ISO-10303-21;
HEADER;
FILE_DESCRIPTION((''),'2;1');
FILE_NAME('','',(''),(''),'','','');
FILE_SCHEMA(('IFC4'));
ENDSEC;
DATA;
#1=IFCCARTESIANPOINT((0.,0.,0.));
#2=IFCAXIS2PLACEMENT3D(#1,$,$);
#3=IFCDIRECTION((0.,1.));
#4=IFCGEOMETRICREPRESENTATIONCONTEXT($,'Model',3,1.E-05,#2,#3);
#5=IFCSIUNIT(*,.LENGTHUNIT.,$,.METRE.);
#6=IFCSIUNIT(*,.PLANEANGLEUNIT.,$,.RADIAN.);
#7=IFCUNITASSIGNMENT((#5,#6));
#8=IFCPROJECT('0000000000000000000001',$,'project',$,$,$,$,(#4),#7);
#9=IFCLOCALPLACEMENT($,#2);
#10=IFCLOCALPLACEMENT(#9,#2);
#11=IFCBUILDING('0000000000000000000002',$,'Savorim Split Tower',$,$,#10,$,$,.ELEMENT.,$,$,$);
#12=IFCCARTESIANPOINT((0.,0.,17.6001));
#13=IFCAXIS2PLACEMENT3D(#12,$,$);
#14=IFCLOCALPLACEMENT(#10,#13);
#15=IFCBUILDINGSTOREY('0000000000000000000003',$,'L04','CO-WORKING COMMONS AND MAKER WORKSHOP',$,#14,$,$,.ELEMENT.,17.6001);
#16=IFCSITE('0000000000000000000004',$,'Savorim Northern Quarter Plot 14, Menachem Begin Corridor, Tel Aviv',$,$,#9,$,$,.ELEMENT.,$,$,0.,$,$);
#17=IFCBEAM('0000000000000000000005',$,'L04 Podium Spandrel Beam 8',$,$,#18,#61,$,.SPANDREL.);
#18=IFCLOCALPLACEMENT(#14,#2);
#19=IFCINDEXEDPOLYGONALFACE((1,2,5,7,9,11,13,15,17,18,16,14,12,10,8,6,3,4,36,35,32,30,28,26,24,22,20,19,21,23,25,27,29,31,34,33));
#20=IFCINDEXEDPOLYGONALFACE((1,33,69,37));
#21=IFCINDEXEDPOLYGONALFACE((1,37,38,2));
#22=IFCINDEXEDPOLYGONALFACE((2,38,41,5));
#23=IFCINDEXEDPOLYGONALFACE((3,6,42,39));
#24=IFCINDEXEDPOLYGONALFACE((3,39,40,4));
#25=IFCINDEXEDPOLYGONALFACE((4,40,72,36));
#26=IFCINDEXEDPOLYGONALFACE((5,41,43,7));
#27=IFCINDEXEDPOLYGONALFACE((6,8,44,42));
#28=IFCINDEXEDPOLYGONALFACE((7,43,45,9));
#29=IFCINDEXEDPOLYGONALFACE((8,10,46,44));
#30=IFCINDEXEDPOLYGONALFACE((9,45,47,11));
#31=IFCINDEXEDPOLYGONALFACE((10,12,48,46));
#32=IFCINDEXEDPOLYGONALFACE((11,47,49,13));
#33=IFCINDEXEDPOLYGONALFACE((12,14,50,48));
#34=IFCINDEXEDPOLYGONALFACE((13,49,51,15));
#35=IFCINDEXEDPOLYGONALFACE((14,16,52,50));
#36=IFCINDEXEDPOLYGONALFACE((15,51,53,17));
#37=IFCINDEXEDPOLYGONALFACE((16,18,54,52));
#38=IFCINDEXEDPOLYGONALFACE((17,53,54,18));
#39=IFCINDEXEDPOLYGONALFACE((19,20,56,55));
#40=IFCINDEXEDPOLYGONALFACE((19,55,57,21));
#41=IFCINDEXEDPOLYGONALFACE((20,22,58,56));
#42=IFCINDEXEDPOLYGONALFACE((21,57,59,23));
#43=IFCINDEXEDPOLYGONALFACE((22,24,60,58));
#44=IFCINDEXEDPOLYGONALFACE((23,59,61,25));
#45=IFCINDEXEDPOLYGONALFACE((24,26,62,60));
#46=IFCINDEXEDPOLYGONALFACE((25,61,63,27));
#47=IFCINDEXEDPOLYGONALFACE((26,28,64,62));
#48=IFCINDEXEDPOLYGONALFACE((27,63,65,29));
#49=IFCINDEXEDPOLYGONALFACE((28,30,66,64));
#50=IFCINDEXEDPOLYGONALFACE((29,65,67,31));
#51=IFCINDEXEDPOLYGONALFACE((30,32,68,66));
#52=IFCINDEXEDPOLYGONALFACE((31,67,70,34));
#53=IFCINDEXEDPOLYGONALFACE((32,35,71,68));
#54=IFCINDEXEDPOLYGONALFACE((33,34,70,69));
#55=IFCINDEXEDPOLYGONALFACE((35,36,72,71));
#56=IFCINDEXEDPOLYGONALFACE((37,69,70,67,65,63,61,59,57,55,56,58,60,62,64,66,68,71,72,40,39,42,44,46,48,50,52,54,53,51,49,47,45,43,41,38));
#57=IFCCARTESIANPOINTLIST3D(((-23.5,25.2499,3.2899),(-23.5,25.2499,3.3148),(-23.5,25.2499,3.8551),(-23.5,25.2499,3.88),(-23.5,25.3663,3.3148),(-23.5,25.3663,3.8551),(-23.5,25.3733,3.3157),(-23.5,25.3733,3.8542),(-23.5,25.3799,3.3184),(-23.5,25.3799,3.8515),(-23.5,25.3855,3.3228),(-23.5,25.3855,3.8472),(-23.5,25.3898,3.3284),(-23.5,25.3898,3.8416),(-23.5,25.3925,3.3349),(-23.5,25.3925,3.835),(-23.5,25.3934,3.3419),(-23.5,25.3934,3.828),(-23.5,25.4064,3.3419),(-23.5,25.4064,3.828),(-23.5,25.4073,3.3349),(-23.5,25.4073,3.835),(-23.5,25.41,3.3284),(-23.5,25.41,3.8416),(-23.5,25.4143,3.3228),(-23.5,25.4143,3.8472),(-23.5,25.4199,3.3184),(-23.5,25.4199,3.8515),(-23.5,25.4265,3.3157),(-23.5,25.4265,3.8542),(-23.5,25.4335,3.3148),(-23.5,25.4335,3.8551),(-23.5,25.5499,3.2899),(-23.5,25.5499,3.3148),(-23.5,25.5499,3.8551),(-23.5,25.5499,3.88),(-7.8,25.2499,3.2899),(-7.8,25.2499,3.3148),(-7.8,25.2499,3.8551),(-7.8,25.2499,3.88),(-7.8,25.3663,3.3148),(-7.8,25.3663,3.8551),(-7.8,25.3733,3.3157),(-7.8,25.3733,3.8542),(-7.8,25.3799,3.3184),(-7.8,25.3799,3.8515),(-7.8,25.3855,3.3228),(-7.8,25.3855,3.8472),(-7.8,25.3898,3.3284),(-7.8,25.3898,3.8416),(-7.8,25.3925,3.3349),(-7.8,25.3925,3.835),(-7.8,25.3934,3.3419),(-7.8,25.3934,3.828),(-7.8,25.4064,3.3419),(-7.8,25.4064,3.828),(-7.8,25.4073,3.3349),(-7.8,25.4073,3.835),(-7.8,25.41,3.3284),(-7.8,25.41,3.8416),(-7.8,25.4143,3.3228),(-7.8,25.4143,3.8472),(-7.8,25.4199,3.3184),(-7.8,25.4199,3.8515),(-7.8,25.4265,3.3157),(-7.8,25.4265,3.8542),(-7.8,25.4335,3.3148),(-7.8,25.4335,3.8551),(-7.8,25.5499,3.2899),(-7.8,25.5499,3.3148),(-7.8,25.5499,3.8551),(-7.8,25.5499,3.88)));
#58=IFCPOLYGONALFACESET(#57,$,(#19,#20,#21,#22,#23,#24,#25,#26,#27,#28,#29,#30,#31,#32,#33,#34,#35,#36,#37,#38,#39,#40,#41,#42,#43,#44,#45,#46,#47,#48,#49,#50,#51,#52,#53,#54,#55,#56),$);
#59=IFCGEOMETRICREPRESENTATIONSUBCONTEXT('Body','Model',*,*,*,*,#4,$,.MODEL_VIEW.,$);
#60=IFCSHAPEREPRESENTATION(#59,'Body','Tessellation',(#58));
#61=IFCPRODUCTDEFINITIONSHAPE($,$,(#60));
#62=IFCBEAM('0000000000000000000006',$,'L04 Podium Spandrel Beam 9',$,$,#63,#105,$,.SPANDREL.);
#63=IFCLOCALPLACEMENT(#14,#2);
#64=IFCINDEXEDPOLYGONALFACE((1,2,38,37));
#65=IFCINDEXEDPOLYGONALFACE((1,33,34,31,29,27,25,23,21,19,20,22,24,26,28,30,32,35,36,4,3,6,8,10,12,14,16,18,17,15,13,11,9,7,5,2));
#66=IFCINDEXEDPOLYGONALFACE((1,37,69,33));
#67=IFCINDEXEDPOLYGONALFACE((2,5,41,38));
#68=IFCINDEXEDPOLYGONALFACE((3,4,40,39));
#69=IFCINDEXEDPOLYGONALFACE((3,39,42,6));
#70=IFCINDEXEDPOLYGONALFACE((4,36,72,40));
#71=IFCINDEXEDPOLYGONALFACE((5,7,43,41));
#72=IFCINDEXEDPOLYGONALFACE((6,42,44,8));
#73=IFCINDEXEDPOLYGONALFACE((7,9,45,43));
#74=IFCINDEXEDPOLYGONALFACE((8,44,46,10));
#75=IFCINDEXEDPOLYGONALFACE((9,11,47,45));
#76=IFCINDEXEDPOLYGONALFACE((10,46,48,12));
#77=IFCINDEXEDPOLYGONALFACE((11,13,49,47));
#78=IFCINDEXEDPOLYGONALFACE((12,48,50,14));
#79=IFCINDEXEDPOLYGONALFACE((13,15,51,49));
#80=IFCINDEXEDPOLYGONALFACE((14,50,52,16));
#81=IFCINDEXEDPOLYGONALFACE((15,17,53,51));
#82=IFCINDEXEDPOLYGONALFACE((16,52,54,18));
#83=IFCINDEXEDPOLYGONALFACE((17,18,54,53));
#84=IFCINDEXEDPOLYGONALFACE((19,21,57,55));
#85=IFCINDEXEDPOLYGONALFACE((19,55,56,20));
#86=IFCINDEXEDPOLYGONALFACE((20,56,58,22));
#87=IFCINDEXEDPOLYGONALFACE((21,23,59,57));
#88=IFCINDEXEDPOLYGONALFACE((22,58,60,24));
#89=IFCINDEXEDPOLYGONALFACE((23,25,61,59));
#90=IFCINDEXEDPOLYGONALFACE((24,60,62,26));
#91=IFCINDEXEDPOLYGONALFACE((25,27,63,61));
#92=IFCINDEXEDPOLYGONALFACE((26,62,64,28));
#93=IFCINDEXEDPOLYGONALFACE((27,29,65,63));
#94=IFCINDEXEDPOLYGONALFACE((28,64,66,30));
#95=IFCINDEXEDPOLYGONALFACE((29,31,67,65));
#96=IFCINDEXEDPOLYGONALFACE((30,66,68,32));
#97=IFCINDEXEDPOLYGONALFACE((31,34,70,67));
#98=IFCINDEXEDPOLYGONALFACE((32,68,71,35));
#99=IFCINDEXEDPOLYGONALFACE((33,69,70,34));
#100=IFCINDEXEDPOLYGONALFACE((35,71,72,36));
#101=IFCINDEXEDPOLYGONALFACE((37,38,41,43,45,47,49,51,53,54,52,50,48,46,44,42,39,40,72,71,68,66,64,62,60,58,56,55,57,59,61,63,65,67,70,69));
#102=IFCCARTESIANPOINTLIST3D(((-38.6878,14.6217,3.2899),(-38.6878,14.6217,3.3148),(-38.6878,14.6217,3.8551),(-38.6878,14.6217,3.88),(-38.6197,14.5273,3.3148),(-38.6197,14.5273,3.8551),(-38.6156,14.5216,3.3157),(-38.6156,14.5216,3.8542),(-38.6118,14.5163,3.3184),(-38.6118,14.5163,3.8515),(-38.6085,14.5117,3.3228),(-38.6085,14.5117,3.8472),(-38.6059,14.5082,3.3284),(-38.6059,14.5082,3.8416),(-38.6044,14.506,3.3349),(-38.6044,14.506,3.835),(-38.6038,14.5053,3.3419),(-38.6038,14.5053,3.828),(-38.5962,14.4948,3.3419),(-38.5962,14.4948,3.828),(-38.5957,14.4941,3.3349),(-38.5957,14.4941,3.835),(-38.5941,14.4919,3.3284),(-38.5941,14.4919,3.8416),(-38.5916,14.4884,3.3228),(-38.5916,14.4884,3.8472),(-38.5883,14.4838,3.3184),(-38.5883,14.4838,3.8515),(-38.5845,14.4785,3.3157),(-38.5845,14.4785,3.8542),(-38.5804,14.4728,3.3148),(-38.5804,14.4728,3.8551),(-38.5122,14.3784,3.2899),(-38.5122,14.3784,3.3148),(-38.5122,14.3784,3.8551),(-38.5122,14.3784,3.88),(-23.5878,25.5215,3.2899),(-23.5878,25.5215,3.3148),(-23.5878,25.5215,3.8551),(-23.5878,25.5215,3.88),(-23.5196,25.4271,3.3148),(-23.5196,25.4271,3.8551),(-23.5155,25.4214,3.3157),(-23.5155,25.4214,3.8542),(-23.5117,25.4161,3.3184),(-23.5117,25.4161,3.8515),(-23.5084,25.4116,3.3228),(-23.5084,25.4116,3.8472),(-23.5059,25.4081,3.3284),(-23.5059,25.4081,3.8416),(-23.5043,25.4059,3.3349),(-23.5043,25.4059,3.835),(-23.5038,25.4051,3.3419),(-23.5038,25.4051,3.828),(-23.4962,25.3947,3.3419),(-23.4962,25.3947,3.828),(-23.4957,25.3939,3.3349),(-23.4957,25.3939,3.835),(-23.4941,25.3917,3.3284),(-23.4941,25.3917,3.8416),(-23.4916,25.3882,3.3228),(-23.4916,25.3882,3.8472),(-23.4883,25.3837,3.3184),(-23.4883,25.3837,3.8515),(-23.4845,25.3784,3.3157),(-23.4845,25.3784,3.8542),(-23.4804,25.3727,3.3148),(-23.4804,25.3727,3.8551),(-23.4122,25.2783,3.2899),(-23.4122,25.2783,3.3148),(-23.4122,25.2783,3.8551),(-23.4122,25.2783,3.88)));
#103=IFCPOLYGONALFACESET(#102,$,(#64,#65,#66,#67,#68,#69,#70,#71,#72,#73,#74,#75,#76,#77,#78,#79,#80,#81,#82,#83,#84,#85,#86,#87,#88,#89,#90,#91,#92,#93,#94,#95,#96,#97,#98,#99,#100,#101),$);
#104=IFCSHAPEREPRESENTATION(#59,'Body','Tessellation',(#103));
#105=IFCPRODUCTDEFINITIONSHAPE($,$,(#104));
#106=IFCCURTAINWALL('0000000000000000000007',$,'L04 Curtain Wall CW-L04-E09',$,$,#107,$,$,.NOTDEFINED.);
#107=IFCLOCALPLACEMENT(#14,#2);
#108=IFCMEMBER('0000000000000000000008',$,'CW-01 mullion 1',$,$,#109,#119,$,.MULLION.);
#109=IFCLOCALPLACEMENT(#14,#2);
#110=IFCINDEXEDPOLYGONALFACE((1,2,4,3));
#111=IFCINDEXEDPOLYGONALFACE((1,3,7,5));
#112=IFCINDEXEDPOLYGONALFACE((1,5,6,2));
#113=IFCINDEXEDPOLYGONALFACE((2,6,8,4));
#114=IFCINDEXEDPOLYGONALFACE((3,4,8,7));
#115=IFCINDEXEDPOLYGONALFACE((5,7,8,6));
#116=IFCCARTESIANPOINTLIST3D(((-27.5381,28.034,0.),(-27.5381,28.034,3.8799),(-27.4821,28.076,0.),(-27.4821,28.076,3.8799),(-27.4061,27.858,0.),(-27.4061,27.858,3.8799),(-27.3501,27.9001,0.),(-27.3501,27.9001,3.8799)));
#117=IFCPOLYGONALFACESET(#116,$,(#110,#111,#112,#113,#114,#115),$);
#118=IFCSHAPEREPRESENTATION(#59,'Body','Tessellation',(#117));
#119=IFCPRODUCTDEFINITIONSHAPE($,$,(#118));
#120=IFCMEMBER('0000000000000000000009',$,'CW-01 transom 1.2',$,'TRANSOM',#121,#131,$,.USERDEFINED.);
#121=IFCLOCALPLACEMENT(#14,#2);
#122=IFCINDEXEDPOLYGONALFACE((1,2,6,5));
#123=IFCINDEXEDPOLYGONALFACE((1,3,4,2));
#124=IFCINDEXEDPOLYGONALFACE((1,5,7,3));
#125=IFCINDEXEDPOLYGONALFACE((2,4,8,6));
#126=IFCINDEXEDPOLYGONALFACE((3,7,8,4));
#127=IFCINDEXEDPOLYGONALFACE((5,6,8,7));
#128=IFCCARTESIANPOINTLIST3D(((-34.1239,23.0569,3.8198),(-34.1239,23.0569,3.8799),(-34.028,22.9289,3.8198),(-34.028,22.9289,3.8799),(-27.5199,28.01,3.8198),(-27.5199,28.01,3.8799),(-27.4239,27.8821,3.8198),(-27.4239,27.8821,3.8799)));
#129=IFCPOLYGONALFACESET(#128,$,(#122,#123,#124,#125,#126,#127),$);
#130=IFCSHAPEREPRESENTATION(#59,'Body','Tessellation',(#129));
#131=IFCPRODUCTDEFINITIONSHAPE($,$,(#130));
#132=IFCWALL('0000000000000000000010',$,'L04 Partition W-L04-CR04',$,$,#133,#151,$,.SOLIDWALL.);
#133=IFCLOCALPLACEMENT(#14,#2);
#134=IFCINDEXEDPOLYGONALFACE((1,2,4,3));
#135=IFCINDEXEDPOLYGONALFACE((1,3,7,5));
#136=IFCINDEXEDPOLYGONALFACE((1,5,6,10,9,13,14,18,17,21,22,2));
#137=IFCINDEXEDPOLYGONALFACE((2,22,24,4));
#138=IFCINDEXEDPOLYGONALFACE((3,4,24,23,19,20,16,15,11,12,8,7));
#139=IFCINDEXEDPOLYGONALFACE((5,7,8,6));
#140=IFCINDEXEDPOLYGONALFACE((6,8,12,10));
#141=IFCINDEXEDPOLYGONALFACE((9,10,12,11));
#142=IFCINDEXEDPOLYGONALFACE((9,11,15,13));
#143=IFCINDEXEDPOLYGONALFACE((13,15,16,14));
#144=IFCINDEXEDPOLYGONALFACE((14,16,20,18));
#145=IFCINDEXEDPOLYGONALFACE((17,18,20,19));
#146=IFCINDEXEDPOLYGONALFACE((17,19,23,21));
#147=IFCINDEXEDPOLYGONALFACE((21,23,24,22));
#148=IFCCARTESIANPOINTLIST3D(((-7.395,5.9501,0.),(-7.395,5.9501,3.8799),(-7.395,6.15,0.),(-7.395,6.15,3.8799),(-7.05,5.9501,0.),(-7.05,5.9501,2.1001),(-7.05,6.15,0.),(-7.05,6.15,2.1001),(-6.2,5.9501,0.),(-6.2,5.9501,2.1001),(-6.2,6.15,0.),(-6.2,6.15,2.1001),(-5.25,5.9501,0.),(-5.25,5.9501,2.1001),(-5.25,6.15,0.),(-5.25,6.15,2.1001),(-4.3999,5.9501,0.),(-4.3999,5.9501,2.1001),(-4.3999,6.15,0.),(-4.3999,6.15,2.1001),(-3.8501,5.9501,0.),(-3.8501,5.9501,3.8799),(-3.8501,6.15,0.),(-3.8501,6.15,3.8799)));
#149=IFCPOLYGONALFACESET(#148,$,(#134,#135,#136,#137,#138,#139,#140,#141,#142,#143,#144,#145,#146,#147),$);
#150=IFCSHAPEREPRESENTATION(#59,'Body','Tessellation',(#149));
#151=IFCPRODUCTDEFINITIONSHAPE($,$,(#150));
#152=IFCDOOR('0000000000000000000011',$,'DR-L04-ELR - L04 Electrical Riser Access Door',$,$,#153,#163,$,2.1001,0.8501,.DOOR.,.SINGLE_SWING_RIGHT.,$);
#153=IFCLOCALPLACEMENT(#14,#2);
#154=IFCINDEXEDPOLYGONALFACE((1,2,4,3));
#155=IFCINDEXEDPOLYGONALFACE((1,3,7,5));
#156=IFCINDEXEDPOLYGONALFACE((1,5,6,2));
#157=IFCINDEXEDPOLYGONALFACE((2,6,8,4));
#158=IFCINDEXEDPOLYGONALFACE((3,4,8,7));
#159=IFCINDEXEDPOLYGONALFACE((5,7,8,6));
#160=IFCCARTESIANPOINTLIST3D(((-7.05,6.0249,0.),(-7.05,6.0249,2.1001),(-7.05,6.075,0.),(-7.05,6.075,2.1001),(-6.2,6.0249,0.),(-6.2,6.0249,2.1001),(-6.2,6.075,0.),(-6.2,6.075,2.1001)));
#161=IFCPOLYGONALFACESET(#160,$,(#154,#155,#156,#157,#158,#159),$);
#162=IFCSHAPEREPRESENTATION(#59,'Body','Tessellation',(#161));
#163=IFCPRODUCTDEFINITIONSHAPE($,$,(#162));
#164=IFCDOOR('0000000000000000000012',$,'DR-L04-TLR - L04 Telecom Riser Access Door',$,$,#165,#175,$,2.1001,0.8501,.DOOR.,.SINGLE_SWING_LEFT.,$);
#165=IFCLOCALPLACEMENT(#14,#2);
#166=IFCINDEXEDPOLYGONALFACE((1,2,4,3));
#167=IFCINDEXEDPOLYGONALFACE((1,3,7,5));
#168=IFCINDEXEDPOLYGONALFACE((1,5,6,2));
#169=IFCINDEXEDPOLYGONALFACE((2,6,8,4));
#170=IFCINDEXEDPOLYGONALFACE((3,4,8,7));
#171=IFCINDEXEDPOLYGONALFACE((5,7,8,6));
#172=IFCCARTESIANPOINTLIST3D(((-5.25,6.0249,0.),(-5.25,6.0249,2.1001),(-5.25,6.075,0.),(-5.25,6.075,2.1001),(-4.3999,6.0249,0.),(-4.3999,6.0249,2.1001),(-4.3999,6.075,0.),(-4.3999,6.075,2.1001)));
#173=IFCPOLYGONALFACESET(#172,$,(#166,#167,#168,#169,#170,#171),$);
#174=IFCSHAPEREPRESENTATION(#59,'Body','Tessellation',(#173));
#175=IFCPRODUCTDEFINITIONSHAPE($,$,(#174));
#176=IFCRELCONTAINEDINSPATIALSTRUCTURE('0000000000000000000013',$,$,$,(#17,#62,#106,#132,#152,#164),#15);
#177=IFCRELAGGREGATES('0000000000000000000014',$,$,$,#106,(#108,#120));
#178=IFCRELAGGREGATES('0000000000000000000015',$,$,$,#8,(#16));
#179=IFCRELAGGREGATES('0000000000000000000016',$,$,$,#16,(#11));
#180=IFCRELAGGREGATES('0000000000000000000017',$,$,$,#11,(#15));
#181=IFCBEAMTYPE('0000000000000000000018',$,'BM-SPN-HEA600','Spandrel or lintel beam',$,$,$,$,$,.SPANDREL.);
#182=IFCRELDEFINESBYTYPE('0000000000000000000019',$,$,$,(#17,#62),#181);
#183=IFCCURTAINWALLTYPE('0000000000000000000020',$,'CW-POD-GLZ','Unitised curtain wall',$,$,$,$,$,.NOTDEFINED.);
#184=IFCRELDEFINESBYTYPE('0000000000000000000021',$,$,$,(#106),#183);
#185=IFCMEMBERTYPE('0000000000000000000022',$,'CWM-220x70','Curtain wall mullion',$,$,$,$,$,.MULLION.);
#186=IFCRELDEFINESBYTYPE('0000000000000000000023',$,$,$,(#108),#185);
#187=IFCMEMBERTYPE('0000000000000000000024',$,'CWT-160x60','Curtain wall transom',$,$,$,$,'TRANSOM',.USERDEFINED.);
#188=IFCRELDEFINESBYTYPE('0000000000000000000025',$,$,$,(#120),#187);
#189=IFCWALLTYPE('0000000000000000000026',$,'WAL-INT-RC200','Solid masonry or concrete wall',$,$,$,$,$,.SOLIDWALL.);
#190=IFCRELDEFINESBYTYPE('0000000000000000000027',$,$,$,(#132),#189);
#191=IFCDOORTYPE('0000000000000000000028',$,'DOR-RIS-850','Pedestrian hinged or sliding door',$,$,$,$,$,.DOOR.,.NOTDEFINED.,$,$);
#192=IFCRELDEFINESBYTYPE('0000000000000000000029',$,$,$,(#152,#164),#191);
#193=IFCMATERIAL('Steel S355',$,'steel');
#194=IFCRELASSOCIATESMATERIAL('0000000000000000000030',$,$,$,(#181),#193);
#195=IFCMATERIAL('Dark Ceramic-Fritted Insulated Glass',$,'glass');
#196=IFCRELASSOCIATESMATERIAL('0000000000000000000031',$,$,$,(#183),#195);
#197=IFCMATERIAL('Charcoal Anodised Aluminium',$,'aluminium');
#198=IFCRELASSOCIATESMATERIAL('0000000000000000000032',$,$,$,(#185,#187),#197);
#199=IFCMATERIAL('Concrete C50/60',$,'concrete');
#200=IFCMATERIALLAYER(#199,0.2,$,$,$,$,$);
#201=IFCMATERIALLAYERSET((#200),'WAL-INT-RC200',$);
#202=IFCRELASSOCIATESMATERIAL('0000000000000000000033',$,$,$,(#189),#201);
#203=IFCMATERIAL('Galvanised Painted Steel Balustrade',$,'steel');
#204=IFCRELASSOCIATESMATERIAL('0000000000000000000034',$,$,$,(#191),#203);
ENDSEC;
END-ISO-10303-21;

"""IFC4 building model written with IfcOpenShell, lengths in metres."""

from ifc_helpers import new_model, si_unit, direction, frame, frame_2d, origin, origin_2d, place, context, subcontext, project, spatial, rectangle, i_section, extrude, material, layer, layer_set, material_profile, profile_set, type_object, element, fill, aggregate, save


model = new_model("IFC4")

# Units and contexts
model_context = context("Model", 3, precision=1e-05, world=origin(), true_north=direction((0.0, 1.0)))
body_context = subcontext(model_context, "Body", "Model", "MODEL_VIEW")
ifc_project = project(units=[si_unit("LENGTHUNIT", "METRE"), si_unit("PLANEANGLEUNIT", "RADIAN")], contexts=[model_context])

# Site, building, storey
site_placement = place(None, origin())
site = spatial("IfcSite", under=ifc_project, at=site_placement, Name="Savorim Northern Quarter Plot 14, Menachem Begin Corridor, Tel Aviv", CompositionType="ELEMENT", RefElevation=0.0)
building_placement = place(site_placement, origin())
building = spatial("IfcBuilding", under=site, at=building_placement, Name="Savorim Split Tower", CompositionType="ELEMENT")
storey_placement = place(building_placement, frame((0.0, 0.0, 17.6001)))
storey = spatial("IfcBuildingStorey", under=building, at=storey_placement, Name="L04", Description="CO-WORKING COMMONS AND MAKER WORKSHOP", CompositionType="ELEMENT", Elevation=17.6001)

# Beams
ifc_material_1 = material(Name="Steel S355", Category="steel")
ifc_material_profile_1 = material_profile(ifc_material_1, i_section(OverallWidth=0.3, OverallDepth=0.5901, WebThickness=0.0129, FlangeThickness=0.0249, FilletRadius=0.0271, at=origin_2d()), Name="HEA 600")
ifc_profile_set_1 = profile_set([ifc_material_profile_1], Name="Steel S355")
beam_type_1 = type_object("IfcBeamType", Name="BM-SPN-HEA600", Description="Spandrel or lintel beam", PredefinedType="SPANDREL", material=ifc_profile_set_1)
beam_1_placement = place(storey_placement, frame((-7.8, 25.3999, 3.585), z_axis=(-1.0, 0.0, 0.0), x_axis=(0.0, -1.0, 0.0)))
element("IfcBeam", 1, at=beam_1_placement, inside=storey, type_object=beam_type_1, Name="L04 Podium Spandrel Beam 8", PredefinedType="SPANDREL", context=body_context, shape_type="SweptSolid", body=[
    extrude(i_section(OverallWidth=0.3, OverallDepth=0.5901, WebThickness=0.0129, FlangeThickness=0.0249, FilletRadius=0.0271, at=origin_2d()), origin(), (0.0, 0.0, 1.0), 15.7),
])
beam_2_placement = place(storey_placement, frame((-23.5, 25.3999, 3.585), z_axis=(-0.810825, -0.585289, 0.0), x_axis=(0.585289, -0.810825, 0.0)))
element("IfcBeam", 2, at=beam_2_placement, inside=storey, type_object=beam_type_1, Name="L04 Podium Spandrel Beam 9", PredefinedType="SPANDREL", context=body_context, shape_type="SweptSolid", body=[
    extrude(i_section(OverallWidth=0.3, OverallDepth=0.5901, WebThickness=0.0129, FlangeThickness=0.0249, FilletRadius=0.0271, at=origin_2d()), origin(), (0.0, 0.0, 1.0), 18.623),
])

# Curtain wall, members
ifc_material_2 = material(Name="Dark Ceramic-Fritted Insulated Glass", Category="glass")
curtain_wall_type = type_object("IfcCurtainWallType", Name="CW-POD-GLZ", Description="Unitised curtain wall", PredefinedType="NOTDEFINED", material=ifc_material_2)
curtain_wall_placement = place(storey_placement, origin())
curtain_wall = element("IfcCurtainWall", 3, at=curtain_wall_placement, inside=storey, type_object=curtain_wall_type, Name="L04 Curtain Wall CW-L04-E09", PredefinedType="NOTDEFINED")
ifc_material_3 = material(Name="Charcoal Anodised Aluminium", Category="aluminium")
ifc_material_profile_2 = material_profile(ifc_material_3, rectangle(XDim=0.22, YDim=0.0701, at=origin_2d()), Name="ALU-M 220x70")
ifc_profile_set_2 = profile_set([ifc_material_profile_2], Name="Charcoal Anodised Aluminium")
member_type_1 = type_object("IfcMemberType", Name="CWM-220x70", Description="Curtain wall mullion", PredefinedType="MULLION", material=ifc_profile_set_2)
member_1_placement = place(storey_placement, frame((-27.4441, 27.967, 0.0), z_axis=(0.0, 0.0, 1.0), x_axis=(0.6, -0.8, 0.0)))
member_1 = element("IfcMember", 4, at=member_1_placement, type_object=member_type_1, Name="CW-01 mullion 1", PredefinedType="MULLION", context=body_context, shape_type="SweptSolid", body=[
    extrude(rectangle(XDim=0.22, YDim=0.0701, at=origin_2d()), origin(), (0.0, 0.0, 1.0), 3.8799),
])
ifc_material_profile_3 = material_profile(ifc_material_3, rectangle(XDim=0.1599, YDim=0.0601, at=origin_2d()), Name="ALU-T 160x60")
ifc_profile_set_3 = profile_set([ifc_material_profile_3], Name="Charcoal Anodised Aluminium")
member_type_2 = type_object("IfcMemberType", Name="CWT-160x60", Description="Curtain wall transom", ElementType="TRANSOM", PredefinedType="USERDEFINED", material=ifc_profile_set_3)
member_2_placement = place(storey_placement, frame((-27.4719, 27.946, 3.8499), z_axis=(-0.799993, -0.600009, 0.0), x_axis=(0.600009, -0.799993, 0.0)))
member_2 = element("IfcMember", 5, at=member_2_placement, type_object=member_type_2, Name="CW-01 transom 1.2", ObjectType="TRANSOM", PredefinedType="USERDEFINED", context=body_context, shape_type="SweptSolid", body=[
    extrude(rectangle(XDim=0.1599, YDim=0.0601, at=origin_2d()), origin(), (0.0, 0.0, 1.0), 8.2551),
])
aggregate(curtain_wall, [member_1, member_2])

# Wall, openings, doors
ifc_material_4 = material(Name="Concrete C50/60", Category="concrete")
ifc_layer_1 = layer(ifc_material_4, 0.2)
ifc_layer_set_1 = layer_set([ifc_layer_1], Name="WAL-INT-RC200")
wall_type_1 = type_object("IfcWallType", Name="WAL-INT-RC200", Description="Solid masonry or concrete wall", PredefinedType="SOLIDWALL", material=ifc_layer_set_1)
wall_1_placement = place(storey_placement, frame((-7.395, 6.05, 0.0), z_axis=(0.0, 0.0, 1.0), x_axis=(1.0, 0.0, 0.0)))
wall_1 = element("IfcWall", 6, at=wall_1_placement, inside=storey, type_object=wall_type_1, Name="L04 Partition W-L04-CR04", PredefinedType="SOLIDWALL", context=body_context, shape_type="SweptSolid", body=[
    extrude(rectangle(XDim=3.5449, YDim=0.2, at=frame_2d((1.7725, 0.0))), origin(), (0.0, 0.0, 1.0), 3.8799),
])
opening_1_placement = place(wall_1_placement, frame((0.345, 0.0, 0.0)))
opening_1 = element("IfcOpeningElement", 7, at=opening_1_placement, cuts=wall_1, PredefinedType="OPENING", context=body_context, shape_type="SweptSolid", body=[
    extrude(rectangle(XDim=0.8501, YDim=2.1001, at=frame_2d((0.425, 1.05))), frame((0.0, 0.1099, 0.0), z_axis=(0.0, -1.0, 0.0), x_axis=(1.0, 0.0, 0.0)), (0.0, 0.0, 1.0), 0.22),
])
opening_2_placement = place(wall_1_placement, frame((2.145, 0.0, 0.0)))
opening_2 = element("IfcOpeningElement", 8, at=opening_2_placement, cuts=wall_1, PredefinedType="OPENING", context=body_context, shape_type="SweptSolid", body=[
    extrude(rectangle(XDim=0.8501, YDim=2.1001, at=frame_2d((0.425, 1.05))), frame((0.0, 0.1099, 0.0), z_axis=(0.0, -1.0, 0.0), x_axis=(1.0, 0.0, 0.0)), (0.0, 0.0, 1.0), 0.22),
])
ifc_material_5 = material(Name="Galvanised Painted Steel Balustrade", Category="steel")
door_type_1 = type_object("IfcDoorType", Name="DOR-RIS-850", Description="Pedestrian hinged or sliding door", OperationType="NOTDEFINED", PredefinedType="DOOR", material=ifc_material_5)
door_1_placement = place(opening_1_placement, origin())
door_1 = element("IfcDoor", 9, at=door_1_placement, inside=storey, type_object=door_type_1, Name="DR-L04-ELR - L04 Electrical Riser Access Door", OperationType="SINGLE_SWING_RIGHT", OverallHeight=2.1001, OverallWidth=0.8501, PredefinedType="DOOR", context=body_context, shape_type="SweptSolid", body=[
    extrude(rectangle(XDim=0.8501, YDim=2.1001, at=frame_2d((0.425, 1.05))), frame((0.0, 0.0249, 0.0), z_axis=(0.0, -1.0, 0.0), x_axis=(1.0, 0.0, 0.0)), (0.0, 0.0, 1.0), 0.05),
])
fill(opening_1, door_1)
door_2_placement = place(opening_2_placement, origin())
door_2 = element("IfcDoor", 10, at=door_2_placement, inside=storey, type_object=door_type_1, Name="DR-L04-TLR - L04 Telecom Riser Access Door", OperationType="SINGLE_SWING_LEFT", OverallHeight=2.1001, OverallWidth=0.8501, PredefinedType="DOOR", context=body_context, shape_type="SweptSolid", body=[
    extrude(rectangle(XDim=0.8501, YDim=2.1001, at=frame_2d((0.425, 1.05))), frame((0.0, 0.0249, 0.0), z_axis=(0.0, -1.0, 0.0), x_axis=(1.0, 0.0, 0.0)), (0.0, 0.0, 1.0), 0.05),
])
fill(opening_2, door_2)

save(model, "model.ifc")
